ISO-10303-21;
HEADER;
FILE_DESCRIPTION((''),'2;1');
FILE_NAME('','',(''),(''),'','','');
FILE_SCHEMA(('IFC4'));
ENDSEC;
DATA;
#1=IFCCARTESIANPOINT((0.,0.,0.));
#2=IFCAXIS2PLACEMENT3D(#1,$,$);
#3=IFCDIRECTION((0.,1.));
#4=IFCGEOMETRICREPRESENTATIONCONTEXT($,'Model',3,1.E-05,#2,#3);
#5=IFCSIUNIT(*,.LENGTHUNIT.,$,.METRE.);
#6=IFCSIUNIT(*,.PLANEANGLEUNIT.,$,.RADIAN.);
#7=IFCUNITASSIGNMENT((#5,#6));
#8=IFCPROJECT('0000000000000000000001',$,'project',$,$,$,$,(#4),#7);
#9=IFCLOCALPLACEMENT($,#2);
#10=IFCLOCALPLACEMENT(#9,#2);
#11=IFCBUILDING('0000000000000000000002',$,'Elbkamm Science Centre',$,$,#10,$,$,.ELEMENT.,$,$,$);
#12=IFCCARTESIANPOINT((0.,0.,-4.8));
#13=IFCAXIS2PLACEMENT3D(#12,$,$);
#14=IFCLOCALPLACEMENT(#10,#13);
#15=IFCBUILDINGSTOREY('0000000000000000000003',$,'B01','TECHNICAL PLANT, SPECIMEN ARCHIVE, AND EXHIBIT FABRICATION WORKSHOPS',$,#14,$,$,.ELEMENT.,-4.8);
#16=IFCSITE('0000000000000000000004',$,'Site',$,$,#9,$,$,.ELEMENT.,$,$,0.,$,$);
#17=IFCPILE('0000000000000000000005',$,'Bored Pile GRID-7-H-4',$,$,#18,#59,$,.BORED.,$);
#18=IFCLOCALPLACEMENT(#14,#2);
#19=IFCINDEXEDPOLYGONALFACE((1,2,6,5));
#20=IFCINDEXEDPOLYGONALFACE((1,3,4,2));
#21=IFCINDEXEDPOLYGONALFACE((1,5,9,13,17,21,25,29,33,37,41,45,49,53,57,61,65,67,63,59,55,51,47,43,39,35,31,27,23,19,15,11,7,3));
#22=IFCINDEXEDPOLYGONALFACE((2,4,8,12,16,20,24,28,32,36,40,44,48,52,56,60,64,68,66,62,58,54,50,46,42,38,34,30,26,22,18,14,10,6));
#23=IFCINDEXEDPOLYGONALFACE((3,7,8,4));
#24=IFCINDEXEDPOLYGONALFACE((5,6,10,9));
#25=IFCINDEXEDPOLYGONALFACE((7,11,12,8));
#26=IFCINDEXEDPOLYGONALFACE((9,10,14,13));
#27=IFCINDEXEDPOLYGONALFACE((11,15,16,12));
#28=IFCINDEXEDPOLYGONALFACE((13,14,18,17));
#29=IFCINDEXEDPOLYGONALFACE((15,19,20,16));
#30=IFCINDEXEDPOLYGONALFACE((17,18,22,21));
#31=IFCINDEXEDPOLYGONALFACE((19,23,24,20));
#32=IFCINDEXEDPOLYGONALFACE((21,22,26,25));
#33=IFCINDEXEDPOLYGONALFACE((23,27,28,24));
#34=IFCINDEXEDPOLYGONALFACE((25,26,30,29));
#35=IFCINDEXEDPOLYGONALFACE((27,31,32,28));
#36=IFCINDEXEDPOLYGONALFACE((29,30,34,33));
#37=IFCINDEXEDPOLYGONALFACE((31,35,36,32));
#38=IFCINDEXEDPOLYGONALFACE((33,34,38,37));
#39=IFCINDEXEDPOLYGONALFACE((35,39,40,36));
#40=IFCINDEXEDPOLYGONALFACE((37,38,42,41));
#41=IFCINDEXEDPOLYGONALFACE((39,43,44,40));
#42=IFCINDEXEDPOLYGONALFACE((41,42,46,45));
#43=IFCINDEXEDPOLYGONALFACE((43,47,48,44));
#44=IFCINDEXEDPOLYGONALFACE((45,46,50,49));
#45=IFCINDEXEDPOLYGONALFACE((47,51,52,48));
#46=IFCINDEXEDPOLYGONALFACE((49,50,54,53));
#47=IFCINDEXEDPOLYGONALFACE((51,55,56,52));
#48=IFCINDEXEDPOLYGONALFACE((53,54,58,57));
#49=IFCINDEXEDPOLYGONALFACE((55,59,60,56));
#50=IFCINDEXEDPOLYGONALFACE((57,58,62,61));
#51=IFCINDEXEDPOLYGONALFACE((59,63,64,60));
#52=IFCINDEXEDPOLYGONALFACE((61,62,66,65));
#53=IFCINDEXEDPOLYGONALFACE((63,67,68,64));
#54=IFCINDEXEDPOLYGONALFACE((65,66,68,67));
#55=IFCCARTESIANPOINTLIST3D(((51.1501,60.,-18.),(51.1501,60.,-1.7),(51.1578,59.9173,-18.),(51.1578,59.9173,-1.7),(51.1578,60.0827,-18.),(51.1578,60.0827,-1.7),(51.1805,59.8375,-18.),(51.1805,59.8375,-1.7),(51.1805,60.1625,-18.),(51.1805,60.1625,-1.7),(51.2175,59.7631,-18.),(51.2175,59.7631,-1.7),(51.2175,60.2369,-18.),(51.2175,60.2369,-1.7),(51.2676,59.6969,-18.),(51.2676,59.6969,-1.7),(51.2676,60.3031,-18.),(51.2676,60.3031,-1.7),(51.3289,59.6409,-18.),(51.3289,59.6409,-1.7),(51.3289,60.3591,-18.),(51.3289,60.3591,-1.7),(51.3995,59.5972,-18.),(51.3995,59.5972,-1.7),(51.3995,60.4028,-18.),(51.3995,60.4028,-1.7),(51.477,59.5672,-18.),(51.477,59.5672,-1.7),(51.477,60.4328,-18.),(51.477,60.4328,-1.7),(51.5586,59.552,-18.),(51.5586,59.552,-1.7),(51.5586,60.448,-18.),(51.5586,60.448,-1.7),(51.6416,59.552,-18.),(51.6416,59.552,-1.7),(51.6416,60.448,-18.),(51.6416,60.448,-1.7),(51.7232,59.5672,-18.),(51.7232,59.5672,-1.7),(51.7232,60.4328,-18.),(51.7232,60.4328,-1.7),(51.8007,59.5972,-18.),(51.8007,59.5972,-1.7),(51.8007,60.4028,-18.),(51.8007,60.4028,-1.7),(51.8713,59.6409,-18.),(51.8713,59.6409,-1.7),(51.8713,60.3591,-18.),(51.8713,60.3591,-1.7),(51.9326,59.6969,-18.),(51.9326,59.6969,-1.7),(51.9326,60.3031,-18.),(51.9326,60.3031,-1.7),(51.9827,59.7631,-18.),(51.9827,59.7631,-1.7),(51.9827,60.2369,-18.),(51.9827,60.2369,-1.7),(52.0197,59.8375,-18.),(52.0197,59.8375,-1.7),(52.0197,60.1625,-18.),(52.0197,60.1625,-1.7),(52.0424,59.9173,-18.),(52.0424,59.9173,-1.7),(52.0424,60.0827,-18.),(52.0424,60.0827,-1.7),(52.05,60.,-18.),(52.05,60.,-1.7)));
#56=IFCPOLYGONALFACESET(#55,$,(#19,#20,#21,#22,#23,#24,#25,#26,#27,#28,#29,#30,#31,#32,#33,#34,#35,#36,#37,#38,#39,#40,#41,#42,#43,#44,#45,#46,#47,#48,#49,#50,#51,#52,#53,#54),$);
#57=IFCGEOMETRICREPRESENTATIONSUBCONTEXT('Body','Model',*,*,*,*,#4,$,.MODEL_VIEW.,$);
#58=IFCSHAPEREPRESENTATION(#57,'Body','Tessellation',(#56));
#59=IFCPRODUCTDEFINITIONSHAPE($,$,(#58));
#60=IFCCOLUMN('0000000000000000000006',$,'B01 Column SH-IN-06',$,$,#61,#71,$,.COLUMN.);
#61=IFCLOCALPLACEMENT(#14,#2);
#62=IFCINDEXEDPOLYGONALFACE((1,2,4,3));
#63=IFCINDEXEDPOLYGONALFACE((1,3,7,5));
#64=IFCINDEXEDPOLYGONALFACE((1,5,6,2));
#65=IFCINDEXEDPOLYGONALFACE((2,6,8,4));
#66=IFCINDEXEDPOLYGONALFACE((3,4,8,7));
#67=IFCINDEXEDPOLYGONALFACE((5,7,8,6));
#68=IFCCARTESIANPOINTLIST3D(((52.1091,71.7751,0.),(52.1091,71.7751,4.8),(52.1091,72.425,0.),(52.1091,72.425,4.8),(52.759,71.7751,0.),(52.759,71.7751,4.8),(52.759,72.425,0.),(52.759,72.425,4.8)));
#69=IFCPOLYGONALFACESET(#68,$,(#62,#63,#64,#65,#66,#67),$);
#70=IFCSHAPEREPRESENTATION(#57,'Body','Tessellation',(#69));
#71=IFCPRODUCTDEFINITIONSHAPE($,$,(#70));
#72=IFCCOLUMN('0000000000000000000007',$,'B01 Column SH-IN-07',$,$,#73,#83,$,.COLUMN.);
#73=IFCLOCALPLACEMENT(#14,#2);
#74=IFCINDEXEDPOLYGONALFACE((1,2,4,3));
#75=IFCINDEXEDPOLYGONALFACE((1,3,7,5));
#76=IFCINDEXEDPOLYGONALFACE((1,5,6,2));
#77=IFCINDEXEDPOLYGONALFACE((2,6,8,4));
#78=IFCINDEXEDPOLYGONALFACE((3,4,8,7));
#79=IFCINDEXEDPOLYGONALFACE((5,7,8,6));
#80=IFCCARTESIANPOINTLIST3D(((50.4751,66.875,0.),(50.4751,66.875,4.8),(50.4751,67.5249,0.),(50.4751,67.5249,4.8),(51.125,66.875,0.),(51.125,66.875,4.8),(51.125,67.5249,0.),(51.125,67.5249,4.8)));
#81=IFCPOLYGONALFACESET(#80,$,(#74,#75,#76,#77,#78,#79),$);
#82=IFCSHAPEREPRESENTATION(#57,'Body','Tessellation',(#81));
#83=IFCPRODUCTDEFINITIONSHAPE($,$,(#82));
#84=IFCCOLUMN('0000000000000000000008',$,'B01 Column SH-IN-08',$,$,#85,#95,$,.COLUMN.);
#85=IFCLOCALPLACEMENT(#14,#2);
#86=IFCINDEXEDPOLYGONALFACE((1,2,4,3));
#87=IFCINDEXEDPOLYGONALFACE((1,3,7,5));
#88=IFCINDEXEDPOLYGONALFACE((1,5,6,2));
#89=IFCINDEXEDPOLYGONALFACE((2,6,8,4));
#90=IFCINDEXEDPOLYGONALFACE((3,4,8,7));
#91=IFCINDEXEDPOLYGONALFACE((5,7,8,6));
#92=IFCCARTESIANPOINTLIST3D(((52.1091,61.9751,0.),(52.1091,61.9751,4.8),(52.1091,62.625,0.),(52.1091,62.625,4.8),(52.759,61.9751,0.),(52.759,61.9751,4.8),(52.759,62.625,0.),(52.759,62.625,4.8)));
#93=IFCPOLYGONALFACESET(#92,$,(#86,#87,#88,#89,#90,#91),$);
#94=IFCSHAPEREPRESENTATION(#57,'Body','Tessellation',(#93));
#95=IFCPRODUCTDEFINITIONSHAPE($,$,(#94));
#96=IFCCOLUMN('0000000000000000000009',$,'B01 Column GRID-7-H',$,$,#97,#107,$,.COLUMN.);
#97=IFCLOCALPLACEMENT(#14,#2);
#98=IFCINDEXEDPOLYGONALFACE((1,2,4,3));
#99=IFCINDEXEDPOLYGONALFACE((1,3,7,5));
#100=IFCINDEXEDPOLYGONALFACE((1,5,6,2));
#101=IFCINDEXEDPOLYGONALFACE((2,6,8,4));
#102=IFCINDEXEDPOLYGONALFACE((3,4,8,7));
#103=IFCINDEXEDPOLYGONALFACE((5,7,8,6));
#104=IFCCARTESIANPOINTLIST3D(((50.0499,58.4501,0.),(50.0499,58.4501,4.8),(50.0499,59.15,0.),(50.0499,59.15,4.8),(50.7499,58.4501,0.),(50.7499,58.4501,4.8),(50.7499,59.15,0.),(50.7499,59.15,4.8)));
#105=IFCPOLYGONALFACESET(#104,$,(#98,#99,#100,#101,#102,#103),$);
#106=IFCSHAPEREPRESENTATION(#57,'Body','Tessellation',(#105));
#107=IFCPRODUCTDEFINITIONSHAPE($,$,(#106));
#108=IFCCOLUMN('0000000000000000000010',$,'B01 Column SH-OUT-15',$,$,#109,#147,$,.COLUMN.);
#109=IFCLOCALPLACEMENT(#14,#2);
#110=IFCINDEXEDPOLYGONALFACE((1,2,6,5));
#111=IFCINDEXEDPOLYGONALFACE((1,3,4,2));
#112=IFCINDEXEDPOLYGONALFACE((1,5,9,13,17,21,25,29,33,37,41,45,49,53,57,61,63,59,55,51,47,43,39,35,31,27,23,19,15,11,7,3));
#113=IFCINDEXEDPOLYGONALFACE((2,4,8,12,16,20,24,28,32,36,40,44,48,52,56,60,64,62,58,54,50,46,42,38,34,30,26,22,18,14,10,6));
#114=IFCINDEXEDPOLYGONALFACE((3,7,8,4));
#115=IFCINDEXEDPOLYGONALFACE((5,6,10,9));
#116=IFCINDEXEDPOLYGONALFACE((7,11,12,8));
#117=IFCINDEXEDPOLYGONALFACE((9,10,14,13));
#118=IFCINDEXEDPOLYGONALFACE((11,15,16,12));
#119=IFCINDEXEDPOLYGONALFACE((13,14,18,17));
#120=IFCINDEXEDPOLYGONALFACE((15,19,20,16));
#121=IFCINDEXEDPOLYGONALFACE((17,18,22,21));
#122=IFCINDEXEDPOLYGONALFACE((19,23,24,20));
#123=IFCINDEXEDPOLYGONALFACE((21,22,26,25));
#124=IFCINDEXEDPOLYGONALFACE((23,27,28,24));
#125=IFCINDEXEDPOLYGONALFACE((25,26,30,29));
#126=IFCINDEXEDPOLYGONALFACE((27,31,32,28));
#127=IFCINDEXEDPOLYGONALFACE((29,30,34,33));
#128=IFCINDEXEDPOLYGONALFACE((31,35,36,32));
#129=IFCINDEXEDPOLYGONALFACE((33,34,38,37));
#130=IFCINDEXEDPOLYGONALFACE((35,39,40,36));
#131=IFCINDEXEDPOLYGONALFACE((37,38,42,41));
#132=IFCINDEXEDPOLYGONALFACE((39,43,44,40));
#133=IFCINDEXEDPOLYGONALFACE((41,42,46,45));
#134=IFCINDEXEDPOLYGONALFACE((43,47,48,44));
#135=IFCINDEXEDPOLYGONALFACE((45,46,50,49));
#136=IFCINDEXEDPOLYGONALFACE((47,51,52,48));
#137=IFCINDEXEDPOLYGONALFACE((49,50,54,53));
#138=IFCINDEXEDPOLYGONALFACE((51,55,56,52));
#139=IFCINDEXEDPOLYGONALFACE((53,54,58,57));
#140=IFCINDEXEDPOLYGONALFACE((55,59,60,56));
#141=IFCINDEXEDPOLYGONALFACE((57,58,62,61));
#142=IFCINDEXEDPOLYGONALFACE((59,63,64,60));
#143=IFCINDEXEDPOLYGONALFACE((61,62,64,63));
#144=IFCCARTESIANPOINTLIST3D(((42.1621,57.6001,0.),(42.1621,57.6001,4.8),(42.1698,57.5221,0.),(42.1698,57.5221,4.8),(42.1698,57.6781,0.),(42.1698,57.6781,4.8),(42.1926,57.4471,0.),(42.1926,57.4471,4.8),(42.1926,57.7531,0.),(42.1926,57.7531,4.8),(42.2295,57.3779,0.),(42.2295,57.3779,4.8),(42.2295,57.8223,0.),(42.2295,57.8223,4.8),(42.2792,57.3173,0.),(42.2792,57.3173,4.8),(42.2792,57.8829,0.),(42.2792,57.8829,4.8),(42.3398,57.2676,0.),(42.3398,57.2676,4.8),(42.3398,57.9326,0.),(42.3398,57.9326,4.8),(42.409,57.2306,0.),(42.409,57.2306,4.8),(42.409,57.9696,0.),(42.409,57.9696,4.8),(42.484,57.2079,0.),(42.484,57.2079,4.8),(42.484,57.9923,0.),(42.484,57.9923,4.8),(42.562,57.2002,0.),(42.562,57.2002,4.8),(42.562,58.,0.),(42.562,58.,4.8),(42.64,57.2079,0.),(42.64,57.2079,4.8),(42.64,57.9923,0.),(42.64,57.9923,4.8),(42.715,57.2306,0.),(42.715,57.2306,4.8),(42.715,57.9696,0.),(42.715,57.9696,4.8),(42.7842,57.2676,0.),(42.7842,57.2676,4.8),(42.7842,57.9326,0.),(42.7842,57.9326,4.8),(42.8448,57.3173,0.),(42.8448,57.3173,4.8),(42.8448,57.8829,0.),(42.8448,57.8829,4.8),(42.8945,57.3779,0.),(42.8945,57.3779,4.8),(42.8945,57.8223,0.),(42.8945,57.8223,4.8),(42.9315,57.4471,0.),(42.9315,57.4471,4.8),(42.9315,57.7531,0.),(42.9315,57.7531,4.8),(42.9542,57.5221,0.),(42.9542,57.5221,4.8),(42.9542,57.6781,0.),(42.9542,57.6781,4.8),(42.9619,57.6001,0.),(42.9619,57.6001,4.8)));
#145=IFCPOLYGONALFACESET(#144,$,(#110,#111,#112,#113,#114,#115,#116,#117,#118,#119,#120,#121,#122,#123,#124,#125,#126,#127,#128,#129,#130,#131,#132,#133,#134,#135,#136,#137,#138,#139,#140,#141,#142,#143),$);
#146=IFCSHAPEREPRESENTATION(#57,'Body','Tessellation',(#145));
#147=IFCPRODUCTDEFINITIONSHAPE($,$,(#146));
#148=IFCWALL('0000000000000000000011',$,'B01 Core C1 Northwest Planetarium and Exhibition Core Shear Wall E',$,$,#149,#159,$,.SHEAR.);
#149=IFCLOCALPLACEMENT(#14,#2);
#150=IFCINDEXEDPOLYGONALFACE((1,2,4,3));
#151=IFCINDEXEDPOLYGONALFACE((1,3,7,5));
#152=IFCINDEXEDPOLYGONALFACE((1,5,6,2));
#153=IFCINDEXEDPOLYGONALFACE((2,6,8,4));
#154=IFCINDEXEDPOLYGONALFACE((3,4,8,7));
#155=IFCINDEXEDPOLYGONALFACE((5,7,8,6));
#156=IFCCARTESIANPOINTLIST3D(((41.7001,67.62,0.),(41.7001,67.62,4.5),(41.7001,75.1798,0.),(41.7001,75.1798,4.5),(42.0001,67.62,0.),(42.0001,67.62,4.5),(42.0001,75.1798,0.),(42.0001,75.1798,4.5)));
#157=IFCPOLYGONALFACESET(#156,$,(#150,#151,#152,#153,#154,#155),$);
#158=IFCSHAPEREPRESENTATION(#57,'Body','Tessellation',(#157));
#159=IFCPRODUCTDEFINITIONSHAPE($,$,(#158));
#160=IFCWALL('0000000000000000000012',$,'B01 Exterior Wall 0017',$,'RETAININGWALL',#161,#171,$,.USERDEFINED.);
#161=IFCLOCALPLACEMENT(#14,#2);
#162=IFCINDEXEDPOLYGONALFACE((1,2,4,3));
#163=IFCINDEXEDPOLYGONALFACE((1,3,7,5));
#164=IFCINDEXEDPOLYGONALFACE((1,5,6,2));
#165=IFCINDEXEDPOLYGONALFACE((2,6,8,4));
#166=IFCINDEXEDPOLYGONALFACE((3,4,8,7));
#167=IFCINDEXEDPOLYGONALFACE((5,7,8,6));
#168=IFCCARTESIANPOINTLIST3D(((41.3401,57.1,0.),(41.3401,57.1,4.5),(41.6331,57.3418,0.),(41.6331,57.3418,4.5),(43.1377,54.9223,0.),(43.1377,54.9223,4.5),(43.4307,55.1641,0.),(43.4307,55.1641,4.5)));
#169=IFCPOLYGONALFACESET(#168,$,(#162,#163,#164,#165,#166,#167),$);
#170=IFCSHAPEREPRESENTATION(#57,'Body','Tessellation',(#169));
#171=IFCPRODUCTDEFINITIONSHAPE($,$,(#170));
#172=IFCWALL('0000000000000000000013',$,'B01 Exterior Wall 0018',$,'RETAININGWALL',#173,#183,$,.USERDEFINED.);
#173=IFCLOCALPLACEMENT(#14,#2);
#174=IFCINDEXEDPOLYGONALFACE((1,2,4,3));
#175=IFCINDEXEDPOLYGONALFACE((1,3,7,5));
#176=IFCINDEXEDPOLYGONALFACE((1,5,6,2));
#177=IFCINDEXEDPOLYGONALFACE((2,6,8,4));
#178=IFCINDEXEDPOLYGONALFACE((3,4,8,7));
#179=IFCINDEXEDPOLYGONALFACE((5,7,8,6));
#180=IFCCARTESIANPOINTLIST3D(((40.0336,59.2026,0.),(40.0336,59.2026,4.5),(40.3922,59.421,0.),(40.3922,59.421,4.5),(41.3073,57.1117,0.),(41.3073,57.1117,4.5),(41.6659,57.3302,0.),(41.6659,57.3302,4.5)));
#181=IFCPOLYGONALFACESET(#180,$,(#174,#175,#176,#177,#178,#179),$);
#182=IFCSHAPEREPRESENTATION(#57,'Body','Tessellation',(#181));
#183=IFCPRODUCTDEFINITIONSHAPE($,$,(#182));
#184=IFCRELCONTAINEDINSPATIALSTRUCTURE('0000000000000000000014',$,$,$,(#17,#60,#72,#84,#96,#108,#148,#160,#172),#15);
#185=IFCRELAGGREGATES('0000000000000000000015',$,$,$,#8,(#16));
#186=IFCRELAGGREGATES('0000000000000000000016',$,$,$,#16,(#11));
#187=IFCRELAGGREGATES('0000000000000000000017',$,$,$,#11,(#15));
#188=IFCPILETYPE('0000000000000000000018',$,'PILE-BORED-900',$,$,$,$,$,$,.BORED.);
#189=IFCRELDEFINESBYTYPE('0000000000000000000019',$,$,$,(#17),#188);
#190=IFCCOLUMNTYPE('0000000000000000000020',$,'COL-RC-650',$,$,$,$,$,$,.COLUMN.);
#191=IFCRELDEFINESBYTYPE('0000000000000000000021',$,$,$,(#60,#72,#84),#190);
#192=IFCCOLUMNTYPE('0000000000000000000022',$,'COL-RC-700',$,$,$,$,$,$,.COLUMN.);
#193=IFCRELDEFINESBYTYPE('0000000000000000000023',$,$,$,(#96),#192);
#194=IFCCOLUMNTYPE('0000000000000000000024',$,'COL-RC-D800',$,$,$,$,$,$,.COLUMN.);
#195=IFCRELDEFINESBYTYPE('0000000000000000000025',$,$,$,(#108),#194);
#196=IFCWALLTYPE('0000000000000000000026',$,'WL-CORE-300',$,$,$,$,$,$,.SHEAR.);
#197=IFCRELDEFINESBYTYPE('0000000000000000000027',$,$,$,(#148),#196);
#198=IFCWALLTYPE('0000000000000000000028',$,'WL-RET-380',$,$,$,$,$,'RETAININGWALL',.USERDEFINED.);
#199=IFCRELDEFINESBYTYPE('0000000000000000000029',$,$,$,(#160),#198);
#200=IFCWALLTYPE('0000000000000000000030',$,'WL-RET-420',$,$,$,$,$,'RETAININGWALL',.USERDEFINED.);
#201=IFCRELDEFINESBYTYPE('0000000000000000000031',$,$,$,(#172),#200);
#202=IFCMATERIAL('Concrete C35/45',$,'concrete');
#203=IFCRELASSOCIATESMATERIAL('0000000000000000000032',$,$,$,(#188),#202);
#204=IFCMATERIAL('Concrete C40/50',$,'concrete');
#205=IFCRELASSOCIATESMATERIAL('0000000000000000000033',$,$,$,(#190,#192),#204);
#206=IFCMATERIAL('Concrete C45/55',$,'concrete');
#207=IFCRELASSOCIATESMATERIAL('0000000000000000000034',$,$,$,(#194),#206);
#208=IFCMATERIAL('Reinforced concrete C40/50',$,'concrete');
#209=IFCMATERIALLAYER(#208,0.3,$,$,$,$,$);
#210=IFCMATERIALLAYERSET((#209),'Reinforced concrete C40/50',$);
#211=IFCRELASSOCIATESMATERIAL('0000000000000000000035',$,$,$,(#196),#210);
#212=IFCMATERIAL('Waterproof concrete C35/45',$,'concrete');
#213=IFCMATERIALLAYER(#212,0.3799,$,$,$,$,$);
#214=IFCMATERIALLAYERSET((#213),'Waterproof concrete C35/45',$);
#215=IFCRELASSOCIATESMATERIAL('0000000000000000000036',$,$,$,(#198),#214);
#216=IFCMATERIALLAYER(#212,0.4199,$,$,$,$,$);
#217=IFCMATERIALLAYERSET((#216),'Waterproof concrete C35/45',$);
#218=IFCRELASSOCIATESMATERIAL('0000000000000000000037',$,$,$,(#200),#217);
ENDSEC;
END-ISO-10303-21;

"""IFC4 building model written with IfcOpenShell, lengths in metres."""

from ifc_helpers import new_model, si_unit, direction, frame, frame_2d, origin, origin_2d, place, context, subcontext, project, spatial, rectangle, circle, extrude, material, layer, layer_set, material_profile, profile_set, type_object, element, save


model = new_model("IFC4")

# Units and contexts
model_context = context("Model", 3, precision=1e-05, world=origin(), true_north=direction((0.0, 1.0)))
body_context = subcontext(model_context, "Body", "Model", "MODEL_VIEW")
ifc_project = project(units=[si_unit("LENGTHUNIT", "METRE"), si_unit("PLANEANGLEUNIT", "RADIAN")], contexts=[model_context])

# Site, building, storey
site_placement = place(None, origin())
site = spatial("IfcSite", under=ifc_project, at=site_placement, Name="Site", CompositionType="ELEMENT", RefElevation=0.0)
building_placement = place(site_placement, origin())
building = spatial("IfcBuilding", under=site, at=building_placement, Name="Elbkamm Science Centre", CompositionType="ELEMENT")
storey_placement = place(building_placement, frame((0.0, 0.0, -4.8)))
storey = spatial("IfcBuildingStorey", under=building, at=storey_placement, Name="B01", Description="TECHNICAL PLANT, SPECIMEN ARCHIVE, AND EXHIBIT FABRICATION WORKSHOPS", CompositionType="ELEMENT", Elevation=-4.8)

# Shared definitions
ifc_material_1 = material(Name="Concrete C35/45", Category="concrete")

# Pile
ifc_material_profile_1 = material_profile(ifc_material_1, circle(Radius=0.45, at=origin_2d()), Name="PILE D900")
ifc_profile_set_1 = profile_set([ifc_material_profile_1], Name="Concrete C35/45")
pile_type = type_object("IfcPileType", Name="PILE-BORED-900", PredefinedType="BORED", material=ifc_profile_set_1)
for number, where, z_axis, x_axis, name in (
    (1, (51.6001, 60.0, -1.7), (0.0, 0.0, -1.0), (1.0, 0.0, 0.0), "Bored Pile GRID-7-H-4"),
):
    element("IfcPile", number, at=place(storey_placement, frame(where, z_axis=z_axis, x_axis=x_axis)), inside=storey, type_object=pile_type, Name=name, PredefinedType="BORED", context=body_context, shape_type="SweptSolid", body=[
        extrude(circle(Radius=0.45, at=origin_2d()), origin(), (0.0, 0.0, 1.0), 16.3),
    ])

# Columns
ifc_material_2 = material(Name="Concrete C40/50", Category="concrete")
ifc_material_profile_2 = material_profile(ifc_material_2, rectangle(XDim=0.6499, YDim=0.6499, at=origin_2d()), Name="RC 650x650")
ifc_profile_set_2 = profile_set([ifc_material_profile_2], Name="Concrete C40/50")
column_type_1 = type_object("IfcColumnType", Name="COL-RC-650", PredefinedType="COLUMN", material=ifc_profile_set_2)
for number, where, z_axis, x_axis, name in (
    (2, (52.4341, 72.1001, 0.0), (0.0, 0.0, 1.0), (1.0, 0.0, 0.0), "B01 Column SH-IN-06"),
    (3, (50.8, 67.2, 0.0), (0.0, 0.0, 1.0), (1.0, 0.0, 0.0), "B01 Column SH-IN-07"),
    (4, (52.4341, 62.3, 0.0), (0.0, 0.0, 1.0), (1.0, 0.0, 0.0), "B01 Column SH-IN-08"),
):
    element("IfcColumn", number, at=place(storey_placement, frame(where, z_axis=z_axis, x_axis=x_axis)), inside=storey, type_object=column_type_1, Name=name, PredefinedType="COLUMN", context=body_context, shape_type="SweptSolid", body=[
        extrude(rectangle(XDim=0.6499, YDim=0.6499, at=origin_2d()), origin(), (0.0, 0.0, 1.0), 4.8),
    ])
ifc_material_profile_3 = material_profile(ifc_material_2, rectangle(XDim=0.7, YDim=0.7, at=origin_2d()), Name="RC 700x700")
ifc_profile_set_3 = profile_set([ifc_material_profile_3], Name="Concrete C40/50")
column_type_2 = type_object("IfcColumnType", Name="COL-RC-700", PredefinedType="COLUMN", material=ifc_profile_set_3)
column_1_placement = place(storey_placement, frame((50.3999, 58.8, 0.0), z_axis=(0.0, 0.0, 1.0), x_axis=(1.0, 0.0, 0.0)))
element("IfcColumn", 5, at=column_1_placement, inside=storey, type_object=column_type_2, Name="B01 Column GRID-7-H", PredefinedType="COLUMN", context=body_context, shape_type="SweptSolid", body=[
    extrude(rectangle(XDim=0.7, YDim=0.7, at=origin_2d()), origin(), (0.0, 0.0, 1.0), 4.8),
])
ifc_material_3 = material(Name="Concrete C45/55", Category="concrete")
ifc_material_profile_4 = material_profile(ifc_material_3, circle(Radius=0.3999, at=origin_2d()), Name="RC D800")
ifc_profile_set_4 = profile_set([ifc_material_profile_4], Name="Concrete C45/55")
column_type_3 = type_object("IfcColumnType", Name="COL-RC-D800", PredefinedType="COLUMN", material=ifc_profile_set_4)
column_2_placement = place(storey_placement, frame((42.562, 57.6001, 0.0), z_axis=(0.0, 0.0, 1.0), x_axis=(1.0, 0.0, 0.0)))
element("IfcColumn", 6, at=column_2_placement, inside=storey, type_object=column_type_3, Name="B01 Column SH-OUT-15", PredefinedType="COLUMN", context=body_context, shape_type="SweptSolid", body=[
    extrude(circle(Radius=0.3999, at=origin_2d()), origin(), (0.0, 0.0, 1.0), 4.8),
])

# Walls
ifc_material_4 = material(Name="Reinforced concrete C40/50", Category="concrete")
ifc_layer_1 = layer(ifc_material_4, 0.3)
ifc_layer_set_1 = layer_set([ifc_layer_1], Name="Reinforced concrete C40/50")
wall_type_1 = type_object("IfcWallType", Name="WL-CORE-300", PredefinedType="SHEAR", material=ifc_layer_set_1)
wall_1_placement = place(storey_placement, frame((41.8501, 67.6201, 0.0), z_axis=(0.0, 0.0, 1.0), x_axis=(0.0, 1.0, 0.0)))
element("IfcWall", 7, at=wall_1_placement, inside=storey, type_object=wall_type_1, Name="B01 Core C1 Northwest Planetarium and Exhibition Core Shear Wall E", PredefinedType="SHEAR", context=body_context, shape_type="SweptSolid", body=[
    extrude(rectangle(XDim=7.5598, YDim=0.3, at=frame_2d((3.7798, 0.0))), origin(), (0.0, 0.0, 1.0), 4.5),
])
ifc_material_5 = material(Name="Waterproof concrete C35/45", Category="concrete")
ifc_layer_2 = layer(ifc_material_5, 0.3799)
ifc_layer_set_2 = layer_set([ifc_layer_2], Name="Waterproof concrete C35/45")
wall_type_2 = type_object("IfcWallType", Name="WL-RET-380", ElementType="RETAININGWALL", PredefinedType="USERDEFINED", material=ifc_layer_set_2)
wall_2_placement = place(storey_placement, frame((43.2842, 55.0432, 0.0), z_axis=(0.0, 0.0, 1.0), x_axis=(-0.636589, 0.771203, 0.0)))
element("IfcWall", 8, at=wall_2_placement, inside=storey, type_object=wall_type_2, Name="B01 Exterior Wall 0017", ObjectType="RETAININGWALL", PredefinedType="USERDEFINED", context=body_context, shape_type="SweptSolid", body=[
    extrude(rectangle(XDim=2.8237, YDim=0.3799, at=frame_2d((1.4119, 0.0))), origin(), (0.0, 0.0, 1.0), 4.5),
])
ifc_layer_3 = layer(ifc_material_5, 0.4199)
ifc_layer_set_3 = layer_set([ifc_layer_3], Name="Waterproof concrete C35/45")
wall_type_3 = type_object("IfcWallType", Name="WL-RET-420", ElementType="RETAININGWALL", PredefinedType="USERDEFINED", material=ifc_layer_set_3)
wall_3_placement = place(storey_placement, frame((41.4866, 57.2209, 0.0), z_axis=(0.0, 0.0, 1.0), x_axis=(-0.520247, 0.854016, 0.0)))
element("IfcWall", 9, at=wall_3_placement, inside=storey, type_object=wall_type_3, Name="B01 Exterior Wall 0018", ObjectType="RETAININGWALL", PredefinedType="USERDEFINED", context=body_context, shape_type="SweptSolid", body=[
    extrude(rectangle(XDim=2.4482, YDim=0.4199, at=frame_2d((1.2241, 0.0))), origin(), (0.0, 0.0, 1.0), 4.5),
])

save(model, "model.ifc")
